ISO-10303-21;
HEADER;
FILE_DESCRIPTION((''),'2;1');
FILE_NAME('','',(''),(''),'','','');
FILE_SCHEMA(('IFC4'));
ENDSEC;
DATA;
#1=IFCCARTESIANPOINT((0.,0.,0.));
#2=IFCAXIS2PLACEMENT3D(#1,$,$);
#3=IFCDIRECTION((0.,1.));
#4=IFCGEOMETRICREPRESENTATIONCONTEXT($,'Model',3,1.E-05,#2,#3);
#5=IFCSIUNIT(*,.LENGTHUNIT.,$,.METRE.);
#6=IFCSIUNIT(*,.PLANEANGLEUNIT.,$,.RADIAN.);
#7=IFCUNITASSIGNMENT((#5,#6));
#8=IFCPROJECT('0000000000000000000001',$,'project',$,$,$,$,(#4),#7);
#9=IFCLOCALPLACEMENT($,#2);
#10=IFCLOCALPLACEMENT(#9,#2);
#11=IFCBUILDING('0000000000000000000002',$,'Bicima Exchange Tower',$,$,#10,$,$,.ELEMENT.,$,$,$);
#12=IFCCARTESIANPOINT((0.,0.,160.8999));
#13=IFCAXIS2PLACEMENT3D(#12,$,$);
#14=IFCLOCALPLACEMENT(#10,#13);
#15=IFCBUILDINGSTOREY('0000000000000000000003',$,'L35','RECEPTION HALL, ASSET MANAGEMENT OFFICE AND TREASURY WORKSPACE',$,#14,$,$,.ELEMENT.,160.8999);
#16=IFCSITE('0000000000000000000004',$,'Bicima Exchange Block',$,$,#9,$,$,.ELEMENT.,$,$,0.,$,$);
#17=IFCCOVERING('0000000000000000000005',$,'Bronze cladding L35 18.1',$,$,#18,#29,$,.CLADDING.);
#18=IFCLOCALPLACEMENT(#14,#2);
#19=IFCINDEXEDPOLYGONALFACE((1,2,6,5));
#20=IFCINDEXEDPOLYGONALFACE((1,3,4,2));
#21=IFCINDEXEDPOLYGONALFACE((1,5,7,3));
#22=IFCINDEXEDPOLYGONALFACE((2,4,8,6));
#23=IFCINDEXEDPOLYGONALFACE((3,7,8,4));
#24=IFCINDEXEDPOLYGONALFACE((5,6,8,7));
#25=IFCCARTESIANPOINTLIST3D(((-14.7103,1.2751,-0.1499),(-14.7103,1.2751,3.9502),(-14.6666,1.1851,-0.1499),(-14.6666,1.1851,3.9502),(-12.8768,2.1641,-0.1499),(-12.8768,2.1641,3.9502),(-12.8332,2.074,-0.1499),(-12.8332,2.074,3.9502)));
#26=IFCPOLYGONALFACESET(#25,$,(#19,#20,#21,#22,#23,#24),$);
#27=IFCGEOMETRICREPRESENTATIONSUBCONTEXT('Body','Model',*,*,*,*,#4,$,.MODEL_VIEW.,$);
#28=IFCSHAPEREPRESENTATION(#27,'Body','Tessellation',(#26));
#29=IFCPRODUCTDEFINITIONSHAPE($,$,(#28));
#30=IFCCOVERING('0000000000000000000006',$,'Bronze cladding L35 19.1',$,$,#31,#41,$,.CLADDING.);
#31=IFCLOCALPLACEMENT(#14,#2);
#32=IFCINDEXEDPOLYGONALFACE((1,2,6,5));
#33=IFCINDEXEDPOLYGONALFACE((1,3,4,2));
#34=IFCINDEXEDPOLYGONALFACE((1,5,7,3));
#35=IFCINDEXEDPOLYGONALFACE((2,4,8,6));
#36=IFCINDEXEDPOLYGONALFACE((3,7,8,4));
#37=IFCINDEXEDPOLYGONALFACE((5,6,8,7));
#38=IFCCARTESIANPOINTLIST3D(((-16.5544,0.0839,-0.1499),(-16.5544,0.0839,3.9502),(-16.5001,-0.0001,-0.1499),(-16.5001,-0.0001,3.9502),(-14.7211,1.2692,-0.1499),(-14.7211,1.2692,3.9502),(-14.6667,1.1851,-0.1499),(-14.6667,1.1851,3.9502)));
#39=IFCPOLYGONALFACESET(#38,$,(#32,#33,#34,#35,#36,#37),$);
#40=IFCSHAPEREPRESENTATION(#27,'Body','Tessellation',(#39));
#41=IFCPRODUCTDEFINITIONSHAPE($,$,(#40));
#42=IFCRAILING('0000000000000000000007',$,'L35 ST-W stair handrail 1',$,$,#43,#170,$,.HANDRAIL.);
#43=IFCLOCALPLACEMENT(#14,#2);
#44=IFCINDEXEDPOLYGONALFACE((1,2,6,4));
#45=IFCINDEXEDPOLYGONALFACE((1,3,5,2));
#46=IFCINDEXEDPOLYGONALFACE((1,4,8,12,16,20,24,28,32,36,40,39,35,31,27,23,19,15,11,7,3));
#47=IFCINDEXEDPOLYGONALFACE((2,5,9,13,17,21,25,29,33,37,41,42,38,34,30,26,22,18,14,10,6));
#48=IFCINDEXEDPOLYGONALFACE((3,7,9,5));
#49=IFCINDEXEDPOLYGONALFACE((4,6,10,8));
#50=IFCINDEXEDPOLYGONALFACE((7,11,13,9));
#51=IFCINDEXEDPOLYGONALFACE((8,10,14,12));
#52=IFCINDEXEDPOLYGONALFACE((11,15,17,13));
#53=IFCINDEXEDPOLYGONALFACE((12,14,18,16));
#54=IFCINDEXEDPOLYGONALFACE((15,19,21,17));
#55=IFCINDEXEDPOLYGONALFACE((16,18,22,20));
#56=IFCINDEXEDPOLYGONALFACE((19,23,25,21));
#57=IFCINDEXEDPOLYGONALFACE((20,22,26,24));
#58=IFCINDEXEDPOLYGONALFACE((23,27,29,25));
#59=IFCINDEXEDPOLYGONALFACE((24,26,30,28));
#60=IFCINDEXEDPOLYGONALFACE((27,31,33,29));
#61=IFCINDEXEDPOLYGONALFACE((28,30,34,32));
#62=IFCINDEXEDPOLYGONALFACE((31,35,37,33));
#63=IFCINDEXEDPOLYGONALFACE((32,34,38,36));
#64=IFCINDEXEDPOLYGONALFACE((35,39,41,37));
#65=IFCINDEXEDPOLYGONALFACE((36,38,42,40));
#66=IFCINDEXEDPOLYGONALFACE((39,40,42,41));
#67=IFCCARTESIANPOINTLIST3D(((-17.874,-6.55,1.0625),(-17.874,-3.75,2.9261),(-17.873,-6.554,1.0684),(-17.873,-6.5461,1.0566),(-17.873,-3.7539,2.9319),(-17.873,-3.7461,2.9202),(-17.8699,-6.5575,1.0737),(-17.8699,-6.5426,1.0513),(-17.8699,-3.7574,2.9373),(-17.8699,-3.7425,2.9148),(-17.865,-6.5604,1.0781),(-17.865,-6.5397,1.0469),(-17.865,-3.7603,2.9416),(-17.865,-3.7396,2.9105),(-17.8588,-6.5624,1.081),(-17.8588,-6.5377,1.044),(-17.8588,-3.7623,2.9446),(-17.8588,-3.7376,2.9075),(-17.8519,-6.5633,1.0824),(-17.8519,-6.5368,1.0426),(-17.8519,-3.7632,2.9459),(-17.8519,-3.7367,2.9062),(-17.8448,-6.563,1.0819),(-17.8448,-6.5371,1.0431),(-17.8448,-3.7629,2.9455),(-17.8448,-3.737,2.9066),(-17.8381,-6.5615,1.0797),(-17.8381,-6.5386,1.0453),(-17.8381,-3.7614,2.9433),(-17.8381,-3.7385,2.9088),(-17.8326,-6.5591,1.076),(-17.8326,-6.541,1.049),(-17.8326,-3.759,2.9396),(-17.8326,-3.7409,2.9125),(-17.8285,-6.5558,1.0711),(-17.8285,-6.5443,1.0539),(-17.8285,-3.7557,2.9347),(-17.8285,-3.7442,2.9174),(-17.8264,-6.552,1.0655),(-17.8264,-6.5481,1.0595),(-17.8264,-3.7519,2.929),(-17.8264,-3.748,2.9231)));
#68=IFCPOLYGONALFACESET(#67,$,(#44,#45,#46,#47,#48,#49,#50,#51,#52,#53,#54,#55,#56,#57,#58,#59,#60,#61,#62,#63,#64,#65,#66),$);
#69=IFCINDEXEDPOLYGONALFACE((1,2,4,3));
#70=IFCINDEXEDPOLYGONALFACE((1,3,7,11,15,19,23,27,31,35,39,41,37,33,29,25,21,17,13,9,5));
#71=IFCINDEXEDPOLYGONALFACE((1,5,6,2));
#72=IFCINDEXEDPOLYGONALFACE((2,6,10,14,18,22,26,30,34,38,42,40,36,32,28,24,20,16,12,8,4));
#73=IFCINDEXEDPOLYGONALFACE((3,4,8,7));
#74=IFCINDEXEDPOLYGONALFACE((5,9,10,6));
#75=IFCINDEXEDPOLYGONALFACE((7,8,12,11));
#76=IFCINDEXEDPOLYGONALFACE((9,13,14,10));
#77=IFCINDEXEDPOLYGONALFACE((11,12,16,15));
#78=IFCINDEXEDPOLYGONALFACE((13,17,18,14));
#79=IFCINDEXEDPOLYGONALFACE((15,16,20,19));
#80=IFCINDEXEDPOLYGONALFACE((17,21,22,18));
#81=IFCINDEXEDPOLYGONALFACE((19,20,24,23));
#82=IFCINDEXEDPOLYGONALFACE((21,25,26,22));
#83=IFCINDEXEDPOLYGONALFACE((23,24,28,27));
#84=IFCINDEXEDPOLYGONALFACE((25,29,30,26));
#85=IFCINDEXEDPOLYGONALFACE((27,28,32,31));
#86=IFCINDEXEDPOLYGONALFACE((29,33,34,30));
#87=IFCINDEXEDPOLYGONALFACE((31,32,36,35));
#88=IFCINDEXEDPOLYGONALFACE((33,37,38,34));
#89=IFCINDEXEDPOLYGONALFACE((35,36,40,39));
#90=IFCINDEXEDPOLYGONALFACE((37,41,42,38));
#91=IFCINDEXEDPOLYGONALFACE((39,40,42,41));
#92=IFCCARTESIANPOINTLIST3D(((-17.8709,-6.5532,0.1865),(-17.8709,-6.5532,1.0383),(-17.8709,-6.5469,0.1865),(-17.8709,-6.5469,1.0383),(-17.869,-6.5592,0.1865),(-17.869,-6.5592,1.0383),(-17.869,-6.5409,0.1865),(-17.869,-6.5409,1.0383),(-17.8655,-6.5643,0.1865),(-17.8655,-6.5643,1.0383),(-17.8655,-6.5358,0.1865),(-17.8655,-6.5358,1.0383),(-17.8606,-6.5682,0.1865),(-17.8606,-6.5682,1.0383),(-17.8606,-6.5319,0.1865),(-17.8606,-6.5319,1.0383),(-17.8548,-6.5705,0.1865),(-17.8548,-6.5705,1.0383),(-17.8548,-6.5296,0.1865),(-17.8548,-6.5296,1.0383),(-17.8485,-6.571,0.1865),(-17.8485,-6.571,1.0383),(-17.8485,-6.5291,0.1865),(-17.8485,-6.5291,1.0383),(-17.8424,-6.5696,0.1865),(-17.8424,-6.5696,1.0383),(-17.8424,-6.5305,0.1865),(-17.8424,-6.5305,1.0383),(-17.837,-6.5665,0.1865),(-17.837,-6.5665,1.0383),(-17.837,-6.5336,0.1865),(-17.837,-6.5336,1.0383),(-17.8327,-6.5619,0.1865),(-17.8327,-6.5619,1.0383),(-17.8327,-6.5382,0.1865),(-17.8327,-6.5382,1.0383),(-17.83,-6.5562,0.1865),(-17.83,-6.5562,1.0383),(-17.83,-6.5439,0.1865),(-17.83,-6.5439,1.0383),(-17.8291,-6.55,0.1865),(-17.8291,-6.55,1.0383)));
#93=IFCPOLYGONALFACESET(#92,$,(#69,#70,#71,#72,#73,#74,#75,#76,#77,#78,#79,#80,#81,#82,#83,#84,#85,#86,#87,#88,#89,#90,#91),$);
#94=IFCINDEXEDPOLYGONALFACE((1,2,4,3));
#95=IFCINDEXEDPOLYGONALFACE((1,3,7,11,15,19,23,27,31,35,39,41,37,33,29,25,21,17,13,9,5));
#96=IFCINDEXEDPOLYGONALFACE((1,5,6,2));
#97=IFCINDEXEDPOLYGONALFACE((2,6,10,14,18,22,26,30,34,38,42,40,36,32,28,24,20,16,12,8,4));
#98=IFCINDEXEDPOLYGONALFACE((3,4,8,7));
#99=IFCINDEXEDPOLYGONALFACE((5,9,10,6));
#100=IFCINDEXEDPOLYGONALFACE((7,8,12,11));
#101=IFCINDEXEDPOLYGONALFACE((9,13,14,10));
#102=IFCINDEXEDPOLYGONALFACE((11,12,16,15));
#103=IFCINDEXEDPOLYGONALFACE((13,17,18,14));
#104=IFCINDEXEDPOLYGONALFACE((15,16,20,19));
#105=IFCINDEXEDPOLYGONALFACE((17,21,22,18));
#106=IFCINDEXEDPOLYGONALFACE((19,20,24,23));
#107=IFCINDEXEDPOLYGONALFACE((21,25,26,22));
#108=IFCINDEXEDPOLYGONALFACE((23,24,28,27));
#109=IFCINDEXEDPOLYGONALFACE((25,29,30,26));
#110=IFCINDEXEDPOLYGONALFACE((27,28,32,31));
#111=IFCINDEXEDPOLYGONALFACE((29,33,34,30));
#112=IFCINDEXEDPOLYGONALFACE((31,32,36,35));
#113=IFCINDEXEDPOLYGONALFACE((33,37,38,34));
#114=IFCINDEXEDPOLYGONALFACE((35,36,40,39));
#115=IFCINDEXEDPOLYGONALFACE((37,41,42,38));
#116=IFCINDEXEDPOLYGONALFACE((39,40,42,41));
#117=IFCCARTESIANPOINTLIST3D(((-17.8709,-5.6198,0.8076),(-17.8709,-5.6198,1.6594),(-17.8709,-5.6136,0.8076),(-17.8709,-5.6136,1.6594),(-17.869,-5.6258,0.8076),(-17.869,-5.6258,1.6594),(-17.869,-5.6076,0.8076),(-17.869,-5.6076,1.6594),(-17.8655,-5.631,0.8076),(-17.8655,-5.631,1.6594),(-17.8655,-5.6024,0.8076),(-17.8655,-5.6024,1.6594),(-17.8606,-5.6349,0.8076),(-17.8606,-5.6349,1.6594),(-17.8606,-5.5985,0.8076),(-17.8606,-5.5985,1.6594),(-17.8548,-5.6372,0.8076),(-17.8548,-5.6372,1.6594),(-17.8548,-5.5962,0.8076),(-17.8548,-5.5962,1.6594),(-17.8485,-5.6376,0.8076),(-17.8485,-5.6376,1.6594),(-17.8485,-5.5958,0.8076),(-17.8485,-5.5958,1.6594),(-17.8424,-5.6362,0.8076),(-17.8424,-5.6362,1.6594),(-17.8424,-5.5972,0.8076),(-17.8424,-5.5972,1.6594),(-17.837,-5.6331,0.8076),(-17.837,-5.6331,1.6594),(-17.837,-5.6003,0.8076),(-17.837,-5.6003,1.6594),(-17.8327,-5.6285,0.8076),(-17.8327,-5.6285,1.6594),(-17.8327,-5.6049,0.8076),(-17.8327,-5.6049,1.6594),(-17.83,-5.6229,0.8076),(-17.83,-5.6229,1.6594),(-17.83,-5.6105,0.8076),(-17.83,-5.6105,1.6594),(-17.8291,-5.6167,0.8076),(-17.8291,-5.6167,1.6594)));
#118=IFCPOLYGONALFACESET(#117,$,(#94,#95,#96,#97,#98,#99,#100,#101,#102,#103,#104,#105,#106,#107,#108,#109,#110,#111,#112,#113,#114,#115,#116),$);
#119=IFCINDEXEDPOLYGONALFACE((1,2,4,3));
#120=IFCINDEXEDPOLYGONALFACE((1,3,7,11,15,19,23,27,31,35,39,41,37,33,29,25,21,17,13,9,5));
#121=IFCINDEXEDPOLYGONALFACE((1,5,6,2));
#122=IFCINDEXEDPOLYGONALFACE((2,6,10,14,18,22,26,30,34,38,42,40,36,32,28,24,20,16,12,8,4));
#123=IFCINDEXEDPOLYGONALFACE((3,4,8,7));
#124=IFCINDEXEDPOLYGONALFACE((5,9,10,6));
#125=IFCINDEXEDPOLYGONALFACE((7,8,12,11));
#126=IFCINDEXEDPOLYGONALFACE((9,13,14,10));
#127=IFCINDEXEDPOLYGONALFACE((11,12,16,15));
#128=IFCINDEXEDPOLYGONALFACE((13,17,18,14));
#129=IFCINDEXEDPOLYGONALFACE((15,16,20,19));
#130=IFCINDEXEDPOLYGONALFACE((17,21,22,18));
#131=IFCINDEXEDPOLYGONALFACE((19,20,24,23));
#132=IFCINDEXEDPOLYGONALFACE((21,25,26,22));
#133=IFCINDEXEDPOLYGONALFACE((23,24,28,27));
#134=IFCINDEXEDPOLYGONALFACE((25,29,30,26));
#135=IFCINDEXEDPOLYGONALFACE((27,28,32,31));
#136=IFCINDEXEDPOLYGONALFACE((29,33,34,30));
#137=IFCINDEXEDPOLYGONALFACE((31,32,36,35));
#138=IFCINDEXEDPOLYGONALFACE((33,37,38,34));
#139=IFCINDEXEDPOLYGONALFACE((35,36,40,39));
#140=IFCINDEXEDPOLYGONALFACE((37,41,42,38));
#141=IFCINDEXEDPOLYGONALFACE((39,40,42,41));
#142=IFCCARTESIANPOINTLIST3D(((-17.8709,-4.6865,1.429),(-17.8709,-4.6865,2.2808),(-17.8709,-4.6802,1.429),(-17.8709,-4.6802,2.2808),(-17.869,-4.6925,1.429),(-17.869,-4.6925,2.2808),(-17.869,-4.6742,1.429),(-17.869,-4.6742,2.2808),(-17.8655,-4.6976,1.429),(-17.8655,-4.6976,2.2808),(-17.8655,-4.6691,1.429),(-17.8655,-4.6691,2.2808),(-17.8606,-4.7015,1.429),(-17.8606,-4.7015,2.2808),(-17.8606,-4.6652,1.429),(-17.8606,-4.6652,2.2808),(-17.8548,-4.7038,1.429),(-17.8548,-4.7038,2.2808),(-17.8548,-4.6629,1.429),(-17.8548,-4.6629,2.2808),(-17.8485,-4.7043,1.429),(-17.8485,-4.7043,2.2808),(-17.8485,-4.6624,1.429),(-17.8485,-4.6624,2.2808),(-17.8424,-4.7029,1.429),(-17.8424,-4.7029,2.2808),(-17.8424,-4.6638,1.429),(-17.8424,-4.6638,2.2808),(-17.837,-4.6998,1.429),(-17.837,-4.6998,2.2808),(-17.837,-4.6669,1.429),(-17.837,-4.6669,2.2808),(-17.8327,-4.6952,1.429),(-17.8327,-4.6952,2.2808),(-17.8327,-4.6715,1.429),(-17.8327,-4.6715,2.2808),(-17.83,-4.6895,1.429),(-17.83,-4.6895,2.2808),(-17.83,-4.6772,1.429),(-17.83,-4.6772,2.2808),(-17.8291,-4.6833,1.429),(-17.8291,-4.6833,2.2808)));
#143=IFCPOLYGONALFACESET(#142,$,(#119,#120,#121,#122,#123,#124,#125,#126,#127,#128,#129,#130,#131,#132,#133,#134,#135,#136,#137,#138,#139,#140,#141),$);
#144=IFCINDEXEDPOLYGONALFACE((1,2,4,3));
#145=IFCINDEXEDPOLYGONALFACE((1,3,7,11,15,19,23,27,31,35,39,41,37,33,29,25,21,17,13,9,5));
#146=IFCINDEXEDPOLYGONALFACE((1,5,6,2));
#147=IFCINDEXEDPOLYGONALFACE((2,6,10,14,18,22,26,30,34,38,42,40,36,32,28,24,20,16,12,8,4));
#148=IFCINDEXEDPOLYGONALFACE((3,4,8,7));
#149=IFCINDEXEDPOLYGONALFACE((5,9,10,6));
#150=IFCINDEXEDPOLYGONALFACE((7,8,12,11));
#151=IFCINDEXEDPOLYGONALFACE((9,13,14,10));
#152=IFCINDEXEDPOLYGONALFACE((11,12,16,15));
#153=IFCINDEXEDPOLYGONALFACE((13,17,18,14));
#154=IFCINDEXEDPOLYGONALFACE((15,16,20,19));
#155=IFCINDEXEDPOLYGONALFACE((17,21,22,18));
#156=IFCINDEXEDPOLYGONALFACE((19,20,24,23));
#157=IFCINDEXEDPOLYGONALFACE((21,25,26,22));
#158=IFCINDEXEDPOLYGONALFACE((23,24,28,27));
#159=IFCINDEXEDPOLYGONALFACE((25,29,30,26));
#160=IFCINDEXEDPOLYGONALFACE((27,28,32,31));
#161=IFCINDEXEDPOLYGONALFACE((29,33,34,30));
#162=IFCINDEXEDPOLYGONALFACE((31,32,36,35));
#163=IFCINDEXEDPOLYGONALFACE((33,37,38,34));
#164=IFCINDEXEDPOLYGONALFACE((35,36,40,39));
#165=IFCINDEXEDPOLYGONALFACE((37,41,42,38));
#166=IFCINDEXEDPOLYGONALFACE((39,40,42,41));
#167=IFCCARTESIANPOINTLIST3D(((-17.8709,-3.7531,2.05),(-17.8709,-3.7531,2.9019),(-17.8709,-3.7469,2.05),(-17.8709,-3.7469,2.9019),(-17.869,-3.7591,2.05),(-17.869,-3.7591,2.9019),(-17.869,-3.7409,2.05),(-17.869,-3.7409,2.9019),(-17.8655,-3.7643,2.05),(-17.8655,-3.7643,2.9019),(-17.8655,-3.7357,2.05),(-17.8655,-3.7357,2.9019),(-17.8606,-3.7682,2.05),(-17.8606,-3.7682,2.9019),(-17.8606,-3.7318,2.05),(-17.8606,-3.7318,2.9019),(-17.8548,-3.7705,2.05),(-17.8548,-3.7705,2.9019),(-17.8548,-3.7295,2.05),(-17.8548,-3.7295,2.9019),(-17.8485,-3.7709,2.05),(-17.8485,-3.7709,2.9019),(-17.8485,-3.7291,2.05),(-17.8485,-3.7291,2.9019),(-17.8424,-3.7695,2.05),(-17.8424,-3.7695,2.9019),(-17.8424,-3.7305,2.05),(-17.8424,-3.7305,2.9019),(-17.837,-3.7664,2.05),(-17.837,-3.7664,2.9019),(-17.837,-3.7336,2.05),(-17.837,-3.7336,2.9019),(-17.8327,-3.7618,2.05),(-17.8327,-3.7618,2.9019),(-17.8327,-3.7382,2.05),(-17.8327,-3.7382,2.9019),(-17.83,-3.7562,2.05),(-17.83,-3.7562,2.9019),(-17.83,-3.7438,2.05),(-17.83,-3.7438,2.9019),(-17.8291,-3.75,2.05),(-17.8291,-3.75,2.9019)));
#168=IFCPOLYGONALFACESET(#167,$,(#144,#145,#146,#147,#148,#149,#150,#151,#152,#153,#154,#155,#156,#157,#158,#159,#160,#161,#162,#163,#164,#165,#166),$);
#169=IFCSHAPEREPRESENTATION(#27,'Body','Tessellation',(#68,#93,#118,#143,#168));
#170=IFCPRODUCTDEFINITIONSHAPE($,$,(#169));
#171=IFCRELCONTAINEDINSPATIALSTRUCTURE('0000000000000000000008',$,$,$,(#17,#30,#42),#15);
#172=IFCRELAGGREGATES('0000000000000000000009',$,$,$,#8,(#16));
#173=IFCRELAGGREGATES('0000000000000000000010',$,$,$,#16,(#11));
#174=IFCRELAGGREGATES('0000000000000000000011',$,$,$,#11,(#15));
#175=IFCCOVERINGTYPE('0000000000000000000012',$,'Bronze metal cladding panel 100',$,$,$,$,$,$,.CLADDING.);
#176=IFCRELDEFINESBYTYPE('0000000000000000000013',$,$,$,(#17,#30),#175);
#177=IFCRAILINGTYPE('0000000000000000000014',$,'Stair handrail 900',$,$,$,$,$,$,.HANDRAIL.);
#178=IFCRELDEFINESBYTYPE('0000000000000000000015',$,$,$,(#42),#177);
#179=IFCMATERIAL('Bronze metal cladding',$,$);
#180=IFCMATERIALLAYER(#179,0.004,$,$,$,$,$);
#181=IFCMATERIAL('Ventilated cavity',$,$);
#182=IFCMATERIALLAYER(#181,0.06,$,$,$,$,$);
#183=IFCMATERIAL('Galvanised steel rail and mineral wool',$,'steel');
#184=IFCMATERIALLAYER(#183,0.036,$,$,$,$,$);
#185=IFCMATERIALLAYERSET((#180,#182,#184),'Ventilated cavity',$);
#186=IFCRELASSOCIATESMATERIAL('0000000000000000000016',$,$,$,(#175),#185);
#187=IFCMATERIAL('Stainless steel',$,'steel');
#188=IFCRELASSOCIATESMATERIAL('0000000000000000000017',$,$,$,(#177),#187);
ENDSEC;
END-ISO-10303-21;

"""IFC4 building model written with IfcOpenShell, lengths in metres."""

from ifc_helpers import new_model, si_unit, direction, frame, origin, origin_2d, place, context, subcontext, project, spatial, rectangle, circle, extrude, material, layer, layer_set, type_object, element, save


model = new_model("IFC4")

# Units and contexts
model_context = context("Model", 3, precision=1e-05, world=origin(), true_north=direction((0.0, 1.0)))
body_context = subcontext(model_context, "Body", "Model", "MODEL_VIEW")
ifc_project = project(units=[si_unit("LENGTHUNIT", "METRE"), si_unit("PLANEANGLEUNIT", "RADIAN")], contexts=[model_context])

# Site, building, storey
site_placement = place(None, origin())
site = spatial("IfcSite", under=ifc_project, at=site_placement, Name="Bicima Exchange Block", CompositionType="ELEMENT", RefElevation=0.0)
building_placement = place(site_placement, origin())
building = spatial("IfcBuilding", under=site, at=building_placement, Name="Bicima Exchange Tower", CompositionType="ELEMENT")
storey_placement = place(building_placement, frame((0.0, 0.0, 160.8999)))
storey = spatial("IfcBuildingStorey", under=building, at=storey_placement, Name="L35", Description="RECEPTION HALL, ASSET MANAGEMENT OFFICE AND TREASURY WORKSPACE", CompositionType="ELEMENT", Elevation=160.8999)

# Shared definitions
ifc_material_1 = material(Name="Stainless steel", Category="steel")

# Coverings
ifc_material_2 = material(Name="Bronze metal cladding")
ifc_layer_1 = layer(ifc_material_2, 0.004)
ifc_material_3 = material(Name="Ventilated cavity")
ifc_layer_2 = layer(ifc_material_3, 0.06)
ifc_material_4 = material(Name="Galvanised steel rail and mineral wool", Category="steel")
ifc_layer_3 = layer(ifc_material_4, 0.036)
ifc_layer_set_1 = layer_set([ifc_layer_1, ifc_layer_2, ifc_layer_3], Name="Ventilated cavity")
covering_type = type_object("IfcCoveringType", Name="Bronze metal cladding panel 100", PredefinedType="CLADDING", material=ifc_layer_set_1)
covering_1_placement = place(storey_placement, frame((-13.7717, 1.6746, -0.1499), z_axis=(0.0, 0.0, 1.0), x_axis=(-0.899818, -0.436265, 0.0)))
element("IfcCovering", 1, at=covering_1_placement, inside=storey, type_object=covering_type, Name="Bronze cladding L35 18.1", PredefinedType="CLADDING", context=body_context, shape_type="SweptSolid", body=[
    extrude(rectangle(XDim=2.0376, YDim=0.1001, at=origin_2d()), origin(), (0.0, 0.0, 1.0), 4.1001),
])
covering_2_placement = place(storey_placement, frame((-15.6106, 0.6345, -0.1499), z_axis=(0.0, 0.0, 1.0), x_axis=(-0.83979, -0.542911, 0.0)))
element("IfcCovering", 2, at=covering_2_placement, inside=storey, type_object=covering_type, Name="Bronze cladding L35 19.1", PredefinedType="CLADDING", context=body_context, shape_type="SweptSolid", body=[
    extrude(rectangle(XDim=2.1831, YDim=0.1001, at=origin_2d()), origin(), (0.0, 0.0, 1.0), 4.1001),
])

# Railing
railing_type_1 = type_object("IfcRailingType", Name="Stair handrail 900", PredefinedType="HANDRAIL", material=ifc_material_1)
railing_1_placement = place(storey_placement, frame((-17.8501, -6.55, 0.1865)))
element("IfcRailing", 3, at=railing_1_placement, inside=storey, type_object=railing_type_1, Name="L35 ST-W stair handrail 1", PredefinedType="HANDRAIL", context=body_context, shape_type="SweptSolid", body=[
    extrude(circle(Radius=0.0239, at=origin_2d()), frame((0.0, 0.0, 0.876), z_axis=(0.0, 0.832486, 0.554047), x_axis=(-1.0, 0.0, 0.0)), (0.0, 0.0, 1.0), 3.3635),
    extrude(circle(Radius=0.021, at=origin_2d()), origin(), (0.0, 0.0, 1.0), 0.8518),
    extrude(circle(Radius=0.021, at=origin_2d()), frame((0.0, 0.9333, 0.6211)), (0.0, 0.0, 1.0), 0.8518),
    extrude(circle(Radius=0.021, at=origin_2d()), frame((0.0, 1.8667, 1.2424)), (0.0, 0.0, 1.0), 0.8518),
    extrude(circle(Radius=0.021, at=origin_2d()), frame((0.0, 2.8, 1.8635)), (0.0, 0.0, 1.0), 0.8518),
])

save(model, "model.ifc")
